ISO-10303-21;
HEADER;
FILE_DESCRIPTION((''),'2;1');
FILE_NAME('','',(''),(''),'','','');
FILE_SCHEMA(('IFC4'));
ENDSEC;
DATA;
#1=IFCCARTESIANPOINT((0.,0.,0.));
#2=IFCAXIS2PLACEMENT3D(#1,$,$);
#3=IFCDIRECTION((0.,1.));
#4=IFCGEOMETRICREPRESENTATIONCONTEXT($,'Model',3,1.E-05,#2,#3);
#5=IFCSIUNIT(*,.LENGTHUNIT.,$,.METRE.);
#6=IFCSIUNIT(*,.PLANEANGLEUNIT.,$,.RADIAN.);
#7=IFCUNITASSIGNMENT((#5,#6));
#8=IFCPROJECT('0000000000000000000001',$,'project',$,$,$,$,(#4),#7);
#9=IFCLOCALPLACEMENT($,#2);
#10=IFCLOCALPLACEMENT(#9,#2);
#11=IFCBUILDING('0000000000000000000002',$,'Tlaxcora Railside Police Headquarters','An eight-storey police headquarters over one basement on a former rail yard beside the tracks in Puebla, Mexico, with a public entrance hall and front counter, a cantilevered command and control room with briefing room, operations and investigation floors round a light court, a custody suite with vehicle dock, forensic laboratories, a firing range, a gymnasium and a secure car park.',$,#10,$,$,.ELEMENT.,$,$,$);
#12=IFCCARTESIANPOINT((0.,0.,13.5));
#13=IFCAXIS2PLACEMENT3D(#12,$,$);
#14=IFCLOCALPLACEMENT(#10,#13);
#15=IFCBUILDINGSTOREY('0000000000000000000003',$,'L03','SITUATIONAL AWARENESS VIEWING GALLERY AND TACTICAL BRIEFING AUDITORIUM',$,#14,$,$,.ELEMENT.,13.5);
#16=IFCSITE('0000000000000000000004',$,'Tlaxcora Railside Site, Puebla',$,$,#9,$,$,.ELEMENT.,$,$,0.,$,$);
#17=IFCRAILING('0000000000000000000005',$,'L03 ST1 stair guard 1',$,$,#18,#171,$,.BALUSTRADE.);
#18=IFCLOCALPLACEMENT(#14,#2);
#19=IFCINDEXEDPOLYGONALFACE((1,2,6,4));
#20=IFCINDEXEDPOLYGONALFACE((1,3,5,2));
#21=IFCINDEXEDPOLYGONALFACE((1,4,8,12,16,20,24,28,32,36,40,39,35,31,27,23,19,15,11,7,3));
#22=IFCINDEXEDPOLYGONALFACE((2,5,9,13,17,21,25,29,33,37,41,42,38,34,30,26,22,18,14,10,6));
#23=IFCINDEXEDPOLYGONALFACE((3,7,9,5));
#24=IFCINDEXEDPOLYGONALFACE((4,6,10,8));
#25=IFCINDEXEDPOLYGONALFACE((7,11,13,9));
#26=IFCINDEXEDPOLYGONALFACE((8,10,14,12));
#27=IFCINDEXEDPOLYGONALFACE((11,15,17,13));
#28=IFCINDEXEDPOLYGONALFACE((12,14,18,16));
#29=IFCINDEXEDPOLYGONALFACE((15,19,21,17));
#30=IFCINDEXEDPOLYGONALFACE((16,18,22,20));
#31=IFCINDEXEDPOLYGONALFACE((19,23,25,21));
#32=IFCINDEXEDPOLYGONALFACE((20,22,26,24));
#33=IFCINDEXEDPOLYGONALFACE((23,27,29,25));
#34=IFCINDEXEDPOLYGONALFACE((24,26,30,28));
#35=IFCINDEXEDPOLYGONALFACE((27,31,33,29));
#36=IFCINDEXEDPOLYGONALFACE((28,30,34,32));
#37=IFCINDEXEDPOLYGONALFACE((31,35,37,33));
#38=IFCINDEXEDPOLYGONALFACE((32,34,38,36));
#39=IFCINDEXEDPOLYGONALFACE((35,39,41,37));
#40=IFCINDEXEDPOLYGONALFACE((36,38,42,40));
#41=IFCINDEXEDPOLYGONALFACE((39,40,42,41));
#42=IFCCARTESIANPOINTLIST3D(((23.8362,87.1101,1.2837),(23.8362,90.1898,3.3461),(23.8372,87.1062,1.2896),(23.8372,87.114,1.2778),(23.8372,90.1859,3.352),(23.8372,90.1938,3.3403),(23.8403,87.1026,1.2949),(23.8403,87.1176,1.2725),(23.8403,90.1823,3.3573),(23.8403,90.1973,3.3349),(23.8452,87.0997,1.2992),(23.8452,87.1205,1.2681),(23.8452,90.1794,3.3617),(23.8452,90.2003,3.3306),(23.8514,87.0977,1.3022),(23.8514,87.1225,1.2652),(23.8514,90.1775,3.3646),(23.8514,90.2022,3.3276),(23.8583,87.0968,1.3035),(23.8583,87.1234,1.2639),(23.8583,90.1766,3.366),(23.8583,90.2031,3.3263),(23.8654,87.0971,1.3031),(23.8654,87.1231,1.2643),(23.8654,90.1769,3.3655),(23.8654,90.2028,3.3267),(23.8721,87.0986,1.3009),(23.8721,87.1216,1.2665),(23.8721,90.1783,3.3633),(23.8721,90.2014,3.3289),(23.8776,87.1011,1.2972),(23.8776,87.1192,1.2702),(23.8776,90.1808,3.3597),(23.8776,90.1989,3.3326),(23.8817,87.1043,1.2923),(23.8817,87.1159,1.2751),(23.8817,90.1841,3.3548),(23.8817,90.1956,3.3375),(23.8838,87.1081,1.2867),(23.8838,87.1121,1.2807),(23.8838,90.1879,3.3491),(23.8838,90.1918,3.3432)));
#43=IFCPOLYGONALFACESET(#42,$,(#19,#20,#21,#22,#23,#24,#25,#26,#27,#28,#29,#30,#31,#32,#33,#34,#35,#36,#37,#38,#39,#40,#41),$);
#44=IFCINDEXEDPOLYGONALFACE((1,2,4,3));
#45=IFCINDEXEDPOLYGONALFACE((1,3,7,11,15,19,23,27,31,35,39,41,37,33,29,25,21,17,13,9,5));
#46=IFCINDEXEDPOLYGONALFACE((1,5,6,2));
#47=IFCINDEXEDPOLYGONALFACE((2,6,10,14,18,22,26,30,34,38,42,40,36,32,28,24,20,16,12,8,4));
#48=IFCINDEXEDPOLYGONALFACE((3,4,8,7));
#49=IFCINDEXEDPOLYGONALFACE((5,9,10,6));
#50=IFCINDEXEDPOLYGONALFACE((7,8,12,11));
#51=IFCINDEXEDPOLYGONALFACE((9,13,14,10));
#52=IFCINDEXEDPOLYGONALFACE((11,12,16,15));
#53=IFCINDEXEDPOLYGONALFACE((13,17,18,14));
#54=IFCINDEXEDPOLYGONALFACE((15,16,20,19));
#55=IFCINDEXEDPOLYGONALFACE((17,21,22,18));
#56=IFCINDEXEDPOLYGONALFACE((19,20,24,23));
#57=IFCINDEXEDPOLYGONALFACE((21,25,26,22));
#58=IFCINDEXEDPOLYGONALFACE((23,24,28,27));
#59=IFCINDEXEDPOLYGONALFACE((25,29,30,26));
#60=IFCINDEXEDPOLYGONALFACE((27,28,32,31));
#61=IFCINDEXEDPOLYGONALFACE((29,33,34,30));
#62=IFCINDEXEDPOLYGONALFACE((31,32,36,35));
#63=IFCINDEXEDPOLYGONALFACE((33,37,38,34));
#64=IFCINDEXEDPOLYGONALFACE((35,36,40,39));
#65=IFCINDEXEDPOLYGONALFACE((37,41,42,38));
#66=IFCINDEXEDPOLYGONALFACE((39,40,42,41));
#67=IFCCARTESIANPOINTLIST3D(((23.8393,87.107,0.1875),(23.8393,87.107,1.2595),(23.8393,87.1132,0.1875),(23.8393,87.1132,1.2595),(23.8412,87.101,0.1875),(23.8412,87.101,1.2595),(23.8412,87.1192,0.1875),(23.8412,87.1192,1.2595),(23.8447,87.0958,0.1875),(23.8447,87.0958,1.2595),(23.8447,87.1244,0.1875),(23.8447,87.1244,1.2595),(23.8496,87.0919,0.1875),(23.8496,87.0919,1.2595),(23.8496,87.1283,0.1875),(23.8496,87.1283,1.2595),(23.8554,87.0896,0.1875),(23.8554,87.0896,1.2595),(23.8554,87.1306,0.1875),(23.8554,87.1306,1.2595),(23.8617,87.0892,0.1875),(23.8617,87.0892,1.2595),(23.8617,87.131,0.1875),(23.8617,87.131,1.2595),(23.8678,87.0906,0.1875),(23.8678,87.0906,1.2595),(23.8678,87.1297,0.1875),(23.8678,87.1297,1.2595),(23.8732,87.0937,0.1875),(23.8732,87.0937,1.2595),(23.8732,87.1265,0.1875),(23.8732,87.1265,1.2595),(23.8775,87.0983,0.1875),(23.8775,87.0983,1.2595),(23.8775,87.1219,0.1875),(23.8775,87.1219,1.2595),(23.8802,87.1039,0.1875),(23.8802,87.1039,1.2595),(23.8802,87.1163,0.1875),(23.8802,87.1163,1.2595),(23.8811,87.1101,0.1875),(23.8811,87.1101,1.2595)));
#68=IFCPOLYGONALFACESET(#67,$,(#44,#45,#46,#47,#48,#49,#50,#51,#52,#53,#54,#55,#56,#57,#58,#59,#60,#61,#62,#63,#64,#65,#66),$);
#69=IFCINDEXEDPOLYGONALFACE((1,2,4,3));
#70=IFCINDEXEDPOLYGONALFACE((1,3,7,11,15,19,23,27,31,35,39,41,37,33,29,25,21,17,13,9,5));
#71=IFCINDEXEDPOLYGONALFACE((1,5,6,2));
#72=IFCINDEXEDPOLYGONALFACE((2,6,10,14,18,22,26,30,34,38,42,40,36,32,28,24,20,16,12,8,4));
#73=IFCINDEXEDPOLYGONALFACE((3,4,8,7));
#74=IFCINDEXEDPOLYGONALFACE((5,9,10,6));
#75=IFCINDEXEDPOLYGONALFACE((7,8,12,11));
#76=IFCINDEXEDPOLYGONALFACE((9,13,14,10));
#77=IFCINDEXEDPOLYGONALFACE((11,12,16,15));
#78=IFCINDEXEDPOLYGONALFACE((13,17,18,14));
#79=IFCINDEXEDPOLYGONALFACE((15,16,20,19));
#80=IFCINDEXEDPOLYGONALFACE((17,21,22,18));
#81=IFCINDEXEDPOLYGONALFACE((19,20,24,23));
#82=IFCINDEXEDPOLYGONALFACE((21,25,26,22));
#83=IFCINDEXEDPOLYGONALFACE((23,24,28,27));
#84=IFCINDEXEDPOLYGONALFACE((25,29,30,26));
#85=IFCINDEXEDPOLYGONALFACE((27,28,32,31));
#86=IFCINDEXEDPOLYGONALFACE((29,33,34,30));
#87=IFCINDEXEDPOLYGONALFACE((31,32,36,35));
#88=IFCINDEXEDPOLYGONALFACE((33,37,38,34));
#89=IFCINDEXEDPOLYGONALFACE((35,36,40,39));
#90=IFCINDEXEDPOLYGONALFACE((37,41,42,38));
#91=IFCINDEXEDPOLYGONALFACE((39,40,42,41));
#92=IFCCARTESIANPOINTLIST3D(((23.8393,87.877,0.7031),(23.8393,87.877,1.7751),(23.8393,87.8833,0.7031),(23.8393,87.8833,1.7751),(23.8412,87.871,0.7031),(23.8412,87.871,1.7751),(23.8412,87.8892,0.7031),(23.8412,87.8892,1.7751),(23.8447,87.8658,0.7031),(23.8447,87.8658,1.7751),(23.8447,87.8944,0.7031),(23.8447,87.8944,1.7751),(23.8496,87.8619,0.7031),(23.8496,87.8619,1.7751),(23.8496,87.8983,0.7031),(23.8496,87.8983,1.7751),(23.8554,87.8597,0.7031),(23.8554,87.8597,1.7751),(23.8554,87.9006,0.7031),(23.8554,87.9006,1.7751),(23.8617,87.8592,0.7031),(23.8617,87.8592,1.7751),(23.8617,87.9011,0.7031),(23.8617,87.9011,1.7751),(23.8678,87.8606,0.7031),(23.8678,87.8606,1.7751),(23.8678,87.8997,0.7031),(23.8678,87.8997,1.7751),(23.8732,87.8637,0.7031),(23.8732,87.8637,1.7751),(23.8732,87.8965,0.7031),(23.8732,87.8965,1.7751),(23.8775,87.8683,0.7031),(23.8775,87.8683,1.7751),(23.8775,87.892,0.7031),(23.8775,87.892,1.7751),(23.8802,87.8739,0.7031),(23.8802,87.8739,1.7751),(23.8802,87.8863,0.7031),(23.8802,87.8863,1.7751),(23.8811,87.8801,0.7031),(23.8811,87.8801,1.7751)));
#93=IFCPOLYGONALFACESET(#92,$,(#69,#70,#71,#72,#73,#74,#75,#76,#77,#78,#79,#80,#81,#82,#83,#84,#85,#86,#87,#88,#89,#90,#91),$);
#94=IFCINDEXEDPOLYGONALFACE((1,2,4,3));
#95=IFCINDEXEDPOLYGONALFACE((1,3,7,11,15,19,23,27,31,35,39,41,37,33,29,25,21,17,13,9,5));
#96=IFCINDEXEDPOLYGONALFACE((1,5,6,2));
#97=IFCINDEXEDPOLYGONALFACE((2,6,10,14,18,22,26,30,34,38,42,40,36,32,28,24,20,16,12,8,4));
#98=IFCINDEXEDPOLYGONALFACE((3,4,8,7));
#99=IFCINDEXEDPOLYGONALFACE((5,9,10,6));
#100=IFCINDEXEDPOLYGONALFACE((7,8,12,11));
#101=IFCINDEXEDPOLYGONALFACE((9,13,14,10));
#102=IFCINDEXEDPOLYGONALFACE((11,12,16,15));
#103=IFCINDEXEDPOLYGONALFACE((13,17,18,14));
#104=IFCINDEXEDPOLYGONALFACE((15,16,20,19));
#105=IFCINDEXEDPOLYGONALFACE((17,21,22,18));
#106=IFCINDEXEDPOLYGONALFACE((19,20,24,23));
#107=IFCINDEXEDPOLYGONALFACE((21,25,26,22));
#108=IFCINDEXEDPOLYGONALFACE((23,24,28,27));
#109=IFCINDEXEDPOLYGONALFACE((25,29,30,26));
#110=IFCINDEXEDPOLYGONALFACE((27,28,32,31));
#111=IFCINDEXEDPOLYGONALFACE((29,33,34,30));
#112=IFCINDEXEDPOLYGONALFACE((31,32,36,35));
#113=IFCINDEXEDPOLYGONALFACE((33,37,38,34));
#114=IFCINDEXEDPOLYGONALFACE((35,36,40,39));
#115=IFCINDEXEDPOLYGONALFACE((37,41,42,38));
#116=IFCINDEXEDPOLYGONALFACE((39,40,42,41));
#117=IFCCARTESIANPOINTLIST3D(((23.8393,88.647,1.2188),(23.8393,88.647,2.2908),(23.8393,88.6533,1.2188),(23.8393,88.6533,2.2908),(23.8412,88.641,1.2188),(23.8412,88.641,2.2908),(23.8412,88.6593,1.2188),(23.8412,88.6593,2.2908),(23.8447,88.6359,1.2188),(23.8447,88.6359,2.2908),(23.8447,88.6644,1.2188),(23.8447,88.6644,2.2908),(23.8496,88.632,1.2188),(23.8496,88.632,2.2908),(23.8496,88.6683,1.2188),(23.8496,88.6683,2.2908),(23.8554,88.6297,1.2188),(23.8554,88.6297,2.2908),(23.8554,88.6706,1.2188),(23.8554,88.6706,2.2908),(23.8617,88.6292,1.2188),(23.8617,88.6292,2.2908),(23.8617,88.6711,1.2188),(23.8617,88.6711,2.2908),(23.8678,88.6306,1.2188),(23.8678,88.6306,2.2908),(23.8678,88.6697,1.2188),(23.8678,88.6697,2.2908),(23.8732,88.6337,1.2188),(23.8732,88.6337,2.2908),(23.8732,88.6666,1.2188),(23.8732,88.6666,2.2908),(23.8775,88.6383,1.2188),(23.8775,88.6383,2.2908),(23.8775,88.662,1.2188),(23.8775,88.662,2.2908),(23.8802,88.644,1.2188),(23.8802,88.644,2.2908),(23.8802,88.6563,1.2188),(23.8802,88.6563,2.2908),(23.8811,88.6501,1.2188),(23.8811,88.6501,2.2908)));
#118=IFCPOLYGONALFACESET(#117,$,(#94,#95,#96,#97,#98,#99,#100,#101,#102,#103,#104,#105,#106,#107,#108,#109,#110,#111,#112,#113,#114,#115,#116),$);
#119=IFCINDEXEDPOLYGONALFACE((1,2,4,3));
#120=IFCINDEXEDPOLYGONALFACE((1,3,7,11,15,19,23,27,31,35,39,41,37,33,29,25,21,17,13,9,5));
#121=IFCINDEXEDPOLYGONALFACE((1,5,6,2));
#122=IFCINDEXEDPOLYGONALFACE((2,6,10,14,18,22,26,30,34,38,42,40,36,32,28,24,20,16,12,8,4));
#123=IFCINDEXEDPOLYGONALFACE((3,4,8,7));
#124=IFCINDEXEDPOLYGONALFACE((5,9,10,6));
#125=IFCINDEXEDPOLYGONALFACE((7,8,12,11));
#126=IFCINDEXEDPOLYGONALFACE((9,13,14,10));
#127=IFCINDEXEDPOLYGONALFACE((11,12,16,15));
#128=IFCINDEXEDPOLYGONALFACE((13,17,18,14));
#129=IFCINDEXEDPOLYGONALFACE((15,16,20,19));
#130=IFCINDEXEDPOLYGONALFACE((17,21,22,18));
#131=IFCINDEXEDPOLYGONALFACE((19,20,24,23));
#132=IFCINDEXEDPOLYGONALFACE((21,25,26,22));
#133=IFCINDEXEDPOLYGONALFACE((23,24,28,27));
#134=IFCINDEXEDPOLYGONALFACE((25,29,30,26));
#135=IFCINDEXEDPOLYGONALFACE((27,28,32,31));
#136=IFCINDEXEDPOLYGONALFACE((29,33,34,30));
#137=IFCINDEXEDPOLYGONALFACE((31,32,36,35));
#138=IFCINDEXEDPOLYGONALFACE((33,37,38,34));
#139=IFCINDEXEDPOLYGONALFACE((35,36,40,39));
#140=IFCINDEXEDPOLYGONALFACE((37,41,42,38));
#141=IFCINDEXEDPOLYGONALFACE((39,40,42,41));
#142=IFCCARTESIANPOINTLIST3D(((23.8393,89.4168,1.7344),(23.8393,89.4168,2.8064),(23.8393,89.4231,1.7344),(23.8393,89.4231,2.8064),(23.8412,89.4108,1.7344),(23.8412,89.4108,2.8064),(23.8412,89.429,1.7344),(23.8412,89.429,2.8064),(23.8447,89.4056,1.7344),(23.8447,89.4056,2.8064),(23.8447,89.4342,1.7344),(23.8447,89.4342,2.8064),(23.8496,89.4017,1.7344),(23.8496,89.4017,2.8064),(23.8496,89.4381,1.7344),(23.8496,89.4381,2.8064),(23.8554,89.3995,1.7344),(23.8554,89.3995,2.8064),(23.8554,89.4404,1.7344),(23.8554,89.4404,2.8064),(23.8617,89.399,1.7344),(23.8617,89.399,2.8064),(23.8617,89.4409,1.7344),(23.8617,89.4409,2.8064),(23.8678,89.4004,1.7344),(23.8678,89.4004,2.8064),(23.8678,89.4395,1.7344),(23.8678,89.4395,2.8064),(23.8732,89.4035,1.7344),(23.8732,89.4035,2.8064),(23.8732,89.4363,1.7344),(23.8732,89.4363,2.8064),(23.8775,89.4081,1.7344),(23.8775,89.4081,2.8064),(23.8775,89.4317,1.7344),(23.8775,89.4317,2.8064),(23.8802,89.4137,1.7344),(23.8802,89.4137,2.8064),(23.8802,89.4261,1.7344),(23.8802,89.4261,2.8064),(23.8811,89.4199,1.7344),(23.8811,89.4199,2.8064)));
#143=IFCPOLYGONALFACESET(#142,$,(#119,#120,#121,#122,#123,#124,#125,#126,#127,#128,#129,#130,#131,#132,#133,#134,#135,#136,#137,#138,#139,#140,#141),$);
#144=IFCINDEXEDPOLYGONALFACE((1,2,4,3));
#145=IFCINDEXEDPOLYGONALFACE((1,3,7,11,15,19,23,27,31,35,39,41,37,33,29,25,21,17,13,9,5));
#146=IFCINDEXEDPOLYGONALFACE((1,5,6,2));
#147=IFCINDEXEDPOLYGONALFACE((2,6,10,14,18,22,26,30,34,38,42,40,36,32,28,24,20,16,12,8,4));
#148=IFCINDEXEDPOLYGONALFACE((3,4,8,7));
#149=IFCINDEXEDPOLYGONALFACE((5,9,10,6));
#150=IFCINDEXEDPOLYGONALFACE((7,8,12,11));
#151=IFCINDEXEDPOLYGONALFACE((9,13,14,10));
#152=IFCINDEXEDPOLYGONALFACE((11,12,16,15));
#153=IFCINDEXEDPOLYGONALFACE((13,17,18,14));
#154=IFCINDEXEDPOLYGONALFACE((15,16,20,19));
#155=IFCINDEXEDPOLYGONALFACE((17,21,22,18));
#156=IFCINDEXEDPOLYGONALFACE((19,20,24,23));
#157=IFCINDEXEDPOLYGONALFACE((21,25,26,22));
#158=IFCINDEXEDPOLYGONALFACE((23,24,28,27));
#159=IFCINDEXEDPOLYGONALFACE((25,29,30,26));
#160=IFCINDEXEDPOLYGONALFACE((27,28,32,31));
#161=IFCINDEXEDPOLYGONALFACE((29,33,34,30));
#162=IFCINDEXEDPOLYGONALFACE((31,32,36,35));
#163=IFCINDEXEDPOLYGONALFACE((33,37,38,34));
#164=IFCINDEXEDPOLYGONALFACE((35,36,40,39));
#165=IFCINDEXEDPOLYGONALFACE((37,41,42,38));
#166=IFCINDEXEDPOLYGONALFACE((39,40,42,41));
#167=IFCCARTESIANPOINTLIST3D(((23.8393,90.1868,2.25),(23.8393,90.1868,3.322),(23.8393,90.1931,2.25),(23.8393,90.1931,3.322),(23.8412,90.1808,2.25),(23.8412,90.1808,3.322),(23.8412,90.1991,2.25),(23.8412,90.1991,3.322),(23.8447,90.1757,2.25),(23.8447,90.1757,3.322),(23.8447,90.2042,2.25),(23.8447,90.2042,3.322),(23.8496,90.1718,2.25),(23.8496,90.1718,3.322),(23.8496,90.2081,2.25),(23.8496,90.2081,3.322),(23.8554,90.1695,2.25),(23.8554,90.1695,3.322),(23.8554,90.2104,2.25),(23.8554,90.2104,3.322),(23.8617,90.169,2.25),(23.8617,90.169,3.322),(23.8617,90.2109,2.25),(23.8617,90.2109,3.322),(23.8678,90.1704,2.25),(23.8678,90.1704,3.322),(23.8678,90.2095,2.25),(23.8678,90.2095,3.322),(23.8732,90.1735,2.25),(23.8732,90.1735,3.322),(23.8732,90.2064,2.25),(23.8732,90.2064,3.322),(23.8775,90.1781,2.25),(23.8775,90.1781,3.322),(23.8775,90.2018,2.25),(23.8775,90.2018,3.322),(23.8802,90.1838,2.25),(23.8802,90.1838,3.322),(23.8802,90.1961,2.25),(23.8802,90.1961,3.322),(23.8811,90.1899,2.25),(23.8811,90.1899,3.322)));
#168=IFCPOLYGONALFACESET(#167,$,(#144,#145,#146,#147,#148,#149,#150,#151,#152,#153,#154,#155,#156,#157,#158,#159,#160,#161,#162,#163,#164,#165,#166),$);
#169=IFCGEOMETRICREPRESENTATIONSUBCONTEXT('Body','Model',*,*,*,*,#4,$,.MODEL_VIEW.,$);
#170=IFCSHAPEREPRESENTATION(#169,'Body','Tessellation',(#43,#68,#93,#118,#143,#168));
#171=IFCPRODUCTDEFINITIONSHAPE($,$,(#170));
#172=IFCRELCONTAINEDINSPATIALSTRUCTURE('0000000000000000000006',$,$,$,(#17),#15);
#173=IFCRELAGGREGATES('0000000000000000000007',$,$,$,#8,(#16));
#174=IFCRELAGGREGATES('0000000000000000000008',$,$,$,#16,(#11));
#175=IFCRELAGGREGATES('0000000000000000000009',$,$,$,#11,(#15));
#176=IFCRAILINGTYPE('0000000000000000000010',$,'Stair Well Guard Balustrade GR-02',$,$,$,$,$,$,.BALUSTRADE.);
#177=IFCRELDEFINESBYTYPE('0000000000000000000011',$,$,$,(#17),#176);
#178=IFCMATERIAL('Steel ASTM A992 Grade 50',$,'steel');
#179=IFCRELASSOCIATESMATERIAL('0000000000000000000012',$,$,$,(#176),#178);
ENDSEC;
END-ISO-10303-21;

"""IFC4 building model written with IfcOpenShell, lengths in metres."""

from ifc_helpers import new_model, si_unit, direction, frame, origin, origin_2d, place, context, subcontext, project, spatial, circle, extrude, material, type_object, element, save


model = new_model("IFC4")

# Units and contexts
model_context = context("Model", 3, precision=1e-05, world=origin(), true_north=direction((0.0, 1.0)))
body_context = subcontext(model_context, "Body", "Model", "MODEL_VIEW")
ifc_project = project(units=[si_unit("LENGTHUNIT", "METRE"), si_unit("PLANEANGLEUNIT", "RADIAN")], contexts=[model_context])

# Site, building, storey
site_placement = place(None, origin())
site = spatial("IfcSite", under=ifc_project, at=site_placement, Name="Tlaxcora Railside Site, Puebla", CompositionType="ELEMENT", RefElevation=0.0)
building_placement = place(site_placement, origin())
building = spatial("IfcBuilding", under=site, at=building_placement, Name="Tlaxcora Railside Police Headquarters", Description="An eight-storey police headquarters over one basement on a former rail yard beside the tracks in Puebla, Mexico, with a public entrance hall and front counter, a cantilevered command and control room with briefing room, operations and investigation floors round a light court, a custody suite with vehicle dock, forensic laboratories, a firing range, a gymnasium and a secure car park.", CompositionType="ELEMENT")
storey_placement = place(building_placement, frame((0.0, 0.0, 13.5)))
storey = spatial("IfcBuildingStorey", under=building, at=storey_placement, Name="L03", Description="SITUATIONAL AWARENESS VIEWING GALLERY AND TACTICAL BRIEFING AUDITORIUM", CompositionType="ELEMENT", Elevation=13.5)

# Shared definitions
ifc_material_1 = material(Name="Steel ASTM A992 Grade 50", Category="steel")

# Railing
railing_type_1 = type_object("IfcRailingType", Name="Stair Well Guard Balustrade GR-02", PredefinedType="BALUSTRADE", material=ifc_material_1)
railing_1_placement = place(storey_placement, frame((23.8601, 87.1101, 0.1875)))
element("IfcRailing", 1, at=railing_1_placement, inside=storey, type_object=railing_type_1, Name="L03 ST1 stair guard 1", PredefinedType="BALUSTRADE", context=body_context, shape_type="SweptSolid", body=[
    extrude(circle(Radius=0.0239, at=origin_2d()), frame((0.0, 0.0, 1.0962), z_axis=(0.0, 0.830893, 0.556432), x_axis=(-1.0, 0.0, 0.0)), (0.0, 0.0, 1.0), 3.7065),
    extrude(circle(Radius=0.021, at=origin_2d()), origin(), (0.0, 0.0, 1.0), 1.072),
    extrude(circle(Radius=0.021, at=origin_2d()), frame((0.0, 0.77, 0.5156)), (0.0, 0.0, 1.0), 1.072),
    extrude(circle(Radius=0.021, at=origin_2d()), frame((0.0, 1.54, 1.0312)), (0.0, 0.0, 1.0), 1.072),
    extrude(circle(Radius=0.021, at=origin_2d()), frame((0.0, 2.3098, 1.5469)), (0.0, 0.0, 1.0), 1.072),
    extrude(circle(Radius=0.021, at=origin_2d()), frame((0.0, 3.0798, 2.0625)), (0.0, 0.0, 1.0), 1.072),
])

save(model, "model.ifc")
